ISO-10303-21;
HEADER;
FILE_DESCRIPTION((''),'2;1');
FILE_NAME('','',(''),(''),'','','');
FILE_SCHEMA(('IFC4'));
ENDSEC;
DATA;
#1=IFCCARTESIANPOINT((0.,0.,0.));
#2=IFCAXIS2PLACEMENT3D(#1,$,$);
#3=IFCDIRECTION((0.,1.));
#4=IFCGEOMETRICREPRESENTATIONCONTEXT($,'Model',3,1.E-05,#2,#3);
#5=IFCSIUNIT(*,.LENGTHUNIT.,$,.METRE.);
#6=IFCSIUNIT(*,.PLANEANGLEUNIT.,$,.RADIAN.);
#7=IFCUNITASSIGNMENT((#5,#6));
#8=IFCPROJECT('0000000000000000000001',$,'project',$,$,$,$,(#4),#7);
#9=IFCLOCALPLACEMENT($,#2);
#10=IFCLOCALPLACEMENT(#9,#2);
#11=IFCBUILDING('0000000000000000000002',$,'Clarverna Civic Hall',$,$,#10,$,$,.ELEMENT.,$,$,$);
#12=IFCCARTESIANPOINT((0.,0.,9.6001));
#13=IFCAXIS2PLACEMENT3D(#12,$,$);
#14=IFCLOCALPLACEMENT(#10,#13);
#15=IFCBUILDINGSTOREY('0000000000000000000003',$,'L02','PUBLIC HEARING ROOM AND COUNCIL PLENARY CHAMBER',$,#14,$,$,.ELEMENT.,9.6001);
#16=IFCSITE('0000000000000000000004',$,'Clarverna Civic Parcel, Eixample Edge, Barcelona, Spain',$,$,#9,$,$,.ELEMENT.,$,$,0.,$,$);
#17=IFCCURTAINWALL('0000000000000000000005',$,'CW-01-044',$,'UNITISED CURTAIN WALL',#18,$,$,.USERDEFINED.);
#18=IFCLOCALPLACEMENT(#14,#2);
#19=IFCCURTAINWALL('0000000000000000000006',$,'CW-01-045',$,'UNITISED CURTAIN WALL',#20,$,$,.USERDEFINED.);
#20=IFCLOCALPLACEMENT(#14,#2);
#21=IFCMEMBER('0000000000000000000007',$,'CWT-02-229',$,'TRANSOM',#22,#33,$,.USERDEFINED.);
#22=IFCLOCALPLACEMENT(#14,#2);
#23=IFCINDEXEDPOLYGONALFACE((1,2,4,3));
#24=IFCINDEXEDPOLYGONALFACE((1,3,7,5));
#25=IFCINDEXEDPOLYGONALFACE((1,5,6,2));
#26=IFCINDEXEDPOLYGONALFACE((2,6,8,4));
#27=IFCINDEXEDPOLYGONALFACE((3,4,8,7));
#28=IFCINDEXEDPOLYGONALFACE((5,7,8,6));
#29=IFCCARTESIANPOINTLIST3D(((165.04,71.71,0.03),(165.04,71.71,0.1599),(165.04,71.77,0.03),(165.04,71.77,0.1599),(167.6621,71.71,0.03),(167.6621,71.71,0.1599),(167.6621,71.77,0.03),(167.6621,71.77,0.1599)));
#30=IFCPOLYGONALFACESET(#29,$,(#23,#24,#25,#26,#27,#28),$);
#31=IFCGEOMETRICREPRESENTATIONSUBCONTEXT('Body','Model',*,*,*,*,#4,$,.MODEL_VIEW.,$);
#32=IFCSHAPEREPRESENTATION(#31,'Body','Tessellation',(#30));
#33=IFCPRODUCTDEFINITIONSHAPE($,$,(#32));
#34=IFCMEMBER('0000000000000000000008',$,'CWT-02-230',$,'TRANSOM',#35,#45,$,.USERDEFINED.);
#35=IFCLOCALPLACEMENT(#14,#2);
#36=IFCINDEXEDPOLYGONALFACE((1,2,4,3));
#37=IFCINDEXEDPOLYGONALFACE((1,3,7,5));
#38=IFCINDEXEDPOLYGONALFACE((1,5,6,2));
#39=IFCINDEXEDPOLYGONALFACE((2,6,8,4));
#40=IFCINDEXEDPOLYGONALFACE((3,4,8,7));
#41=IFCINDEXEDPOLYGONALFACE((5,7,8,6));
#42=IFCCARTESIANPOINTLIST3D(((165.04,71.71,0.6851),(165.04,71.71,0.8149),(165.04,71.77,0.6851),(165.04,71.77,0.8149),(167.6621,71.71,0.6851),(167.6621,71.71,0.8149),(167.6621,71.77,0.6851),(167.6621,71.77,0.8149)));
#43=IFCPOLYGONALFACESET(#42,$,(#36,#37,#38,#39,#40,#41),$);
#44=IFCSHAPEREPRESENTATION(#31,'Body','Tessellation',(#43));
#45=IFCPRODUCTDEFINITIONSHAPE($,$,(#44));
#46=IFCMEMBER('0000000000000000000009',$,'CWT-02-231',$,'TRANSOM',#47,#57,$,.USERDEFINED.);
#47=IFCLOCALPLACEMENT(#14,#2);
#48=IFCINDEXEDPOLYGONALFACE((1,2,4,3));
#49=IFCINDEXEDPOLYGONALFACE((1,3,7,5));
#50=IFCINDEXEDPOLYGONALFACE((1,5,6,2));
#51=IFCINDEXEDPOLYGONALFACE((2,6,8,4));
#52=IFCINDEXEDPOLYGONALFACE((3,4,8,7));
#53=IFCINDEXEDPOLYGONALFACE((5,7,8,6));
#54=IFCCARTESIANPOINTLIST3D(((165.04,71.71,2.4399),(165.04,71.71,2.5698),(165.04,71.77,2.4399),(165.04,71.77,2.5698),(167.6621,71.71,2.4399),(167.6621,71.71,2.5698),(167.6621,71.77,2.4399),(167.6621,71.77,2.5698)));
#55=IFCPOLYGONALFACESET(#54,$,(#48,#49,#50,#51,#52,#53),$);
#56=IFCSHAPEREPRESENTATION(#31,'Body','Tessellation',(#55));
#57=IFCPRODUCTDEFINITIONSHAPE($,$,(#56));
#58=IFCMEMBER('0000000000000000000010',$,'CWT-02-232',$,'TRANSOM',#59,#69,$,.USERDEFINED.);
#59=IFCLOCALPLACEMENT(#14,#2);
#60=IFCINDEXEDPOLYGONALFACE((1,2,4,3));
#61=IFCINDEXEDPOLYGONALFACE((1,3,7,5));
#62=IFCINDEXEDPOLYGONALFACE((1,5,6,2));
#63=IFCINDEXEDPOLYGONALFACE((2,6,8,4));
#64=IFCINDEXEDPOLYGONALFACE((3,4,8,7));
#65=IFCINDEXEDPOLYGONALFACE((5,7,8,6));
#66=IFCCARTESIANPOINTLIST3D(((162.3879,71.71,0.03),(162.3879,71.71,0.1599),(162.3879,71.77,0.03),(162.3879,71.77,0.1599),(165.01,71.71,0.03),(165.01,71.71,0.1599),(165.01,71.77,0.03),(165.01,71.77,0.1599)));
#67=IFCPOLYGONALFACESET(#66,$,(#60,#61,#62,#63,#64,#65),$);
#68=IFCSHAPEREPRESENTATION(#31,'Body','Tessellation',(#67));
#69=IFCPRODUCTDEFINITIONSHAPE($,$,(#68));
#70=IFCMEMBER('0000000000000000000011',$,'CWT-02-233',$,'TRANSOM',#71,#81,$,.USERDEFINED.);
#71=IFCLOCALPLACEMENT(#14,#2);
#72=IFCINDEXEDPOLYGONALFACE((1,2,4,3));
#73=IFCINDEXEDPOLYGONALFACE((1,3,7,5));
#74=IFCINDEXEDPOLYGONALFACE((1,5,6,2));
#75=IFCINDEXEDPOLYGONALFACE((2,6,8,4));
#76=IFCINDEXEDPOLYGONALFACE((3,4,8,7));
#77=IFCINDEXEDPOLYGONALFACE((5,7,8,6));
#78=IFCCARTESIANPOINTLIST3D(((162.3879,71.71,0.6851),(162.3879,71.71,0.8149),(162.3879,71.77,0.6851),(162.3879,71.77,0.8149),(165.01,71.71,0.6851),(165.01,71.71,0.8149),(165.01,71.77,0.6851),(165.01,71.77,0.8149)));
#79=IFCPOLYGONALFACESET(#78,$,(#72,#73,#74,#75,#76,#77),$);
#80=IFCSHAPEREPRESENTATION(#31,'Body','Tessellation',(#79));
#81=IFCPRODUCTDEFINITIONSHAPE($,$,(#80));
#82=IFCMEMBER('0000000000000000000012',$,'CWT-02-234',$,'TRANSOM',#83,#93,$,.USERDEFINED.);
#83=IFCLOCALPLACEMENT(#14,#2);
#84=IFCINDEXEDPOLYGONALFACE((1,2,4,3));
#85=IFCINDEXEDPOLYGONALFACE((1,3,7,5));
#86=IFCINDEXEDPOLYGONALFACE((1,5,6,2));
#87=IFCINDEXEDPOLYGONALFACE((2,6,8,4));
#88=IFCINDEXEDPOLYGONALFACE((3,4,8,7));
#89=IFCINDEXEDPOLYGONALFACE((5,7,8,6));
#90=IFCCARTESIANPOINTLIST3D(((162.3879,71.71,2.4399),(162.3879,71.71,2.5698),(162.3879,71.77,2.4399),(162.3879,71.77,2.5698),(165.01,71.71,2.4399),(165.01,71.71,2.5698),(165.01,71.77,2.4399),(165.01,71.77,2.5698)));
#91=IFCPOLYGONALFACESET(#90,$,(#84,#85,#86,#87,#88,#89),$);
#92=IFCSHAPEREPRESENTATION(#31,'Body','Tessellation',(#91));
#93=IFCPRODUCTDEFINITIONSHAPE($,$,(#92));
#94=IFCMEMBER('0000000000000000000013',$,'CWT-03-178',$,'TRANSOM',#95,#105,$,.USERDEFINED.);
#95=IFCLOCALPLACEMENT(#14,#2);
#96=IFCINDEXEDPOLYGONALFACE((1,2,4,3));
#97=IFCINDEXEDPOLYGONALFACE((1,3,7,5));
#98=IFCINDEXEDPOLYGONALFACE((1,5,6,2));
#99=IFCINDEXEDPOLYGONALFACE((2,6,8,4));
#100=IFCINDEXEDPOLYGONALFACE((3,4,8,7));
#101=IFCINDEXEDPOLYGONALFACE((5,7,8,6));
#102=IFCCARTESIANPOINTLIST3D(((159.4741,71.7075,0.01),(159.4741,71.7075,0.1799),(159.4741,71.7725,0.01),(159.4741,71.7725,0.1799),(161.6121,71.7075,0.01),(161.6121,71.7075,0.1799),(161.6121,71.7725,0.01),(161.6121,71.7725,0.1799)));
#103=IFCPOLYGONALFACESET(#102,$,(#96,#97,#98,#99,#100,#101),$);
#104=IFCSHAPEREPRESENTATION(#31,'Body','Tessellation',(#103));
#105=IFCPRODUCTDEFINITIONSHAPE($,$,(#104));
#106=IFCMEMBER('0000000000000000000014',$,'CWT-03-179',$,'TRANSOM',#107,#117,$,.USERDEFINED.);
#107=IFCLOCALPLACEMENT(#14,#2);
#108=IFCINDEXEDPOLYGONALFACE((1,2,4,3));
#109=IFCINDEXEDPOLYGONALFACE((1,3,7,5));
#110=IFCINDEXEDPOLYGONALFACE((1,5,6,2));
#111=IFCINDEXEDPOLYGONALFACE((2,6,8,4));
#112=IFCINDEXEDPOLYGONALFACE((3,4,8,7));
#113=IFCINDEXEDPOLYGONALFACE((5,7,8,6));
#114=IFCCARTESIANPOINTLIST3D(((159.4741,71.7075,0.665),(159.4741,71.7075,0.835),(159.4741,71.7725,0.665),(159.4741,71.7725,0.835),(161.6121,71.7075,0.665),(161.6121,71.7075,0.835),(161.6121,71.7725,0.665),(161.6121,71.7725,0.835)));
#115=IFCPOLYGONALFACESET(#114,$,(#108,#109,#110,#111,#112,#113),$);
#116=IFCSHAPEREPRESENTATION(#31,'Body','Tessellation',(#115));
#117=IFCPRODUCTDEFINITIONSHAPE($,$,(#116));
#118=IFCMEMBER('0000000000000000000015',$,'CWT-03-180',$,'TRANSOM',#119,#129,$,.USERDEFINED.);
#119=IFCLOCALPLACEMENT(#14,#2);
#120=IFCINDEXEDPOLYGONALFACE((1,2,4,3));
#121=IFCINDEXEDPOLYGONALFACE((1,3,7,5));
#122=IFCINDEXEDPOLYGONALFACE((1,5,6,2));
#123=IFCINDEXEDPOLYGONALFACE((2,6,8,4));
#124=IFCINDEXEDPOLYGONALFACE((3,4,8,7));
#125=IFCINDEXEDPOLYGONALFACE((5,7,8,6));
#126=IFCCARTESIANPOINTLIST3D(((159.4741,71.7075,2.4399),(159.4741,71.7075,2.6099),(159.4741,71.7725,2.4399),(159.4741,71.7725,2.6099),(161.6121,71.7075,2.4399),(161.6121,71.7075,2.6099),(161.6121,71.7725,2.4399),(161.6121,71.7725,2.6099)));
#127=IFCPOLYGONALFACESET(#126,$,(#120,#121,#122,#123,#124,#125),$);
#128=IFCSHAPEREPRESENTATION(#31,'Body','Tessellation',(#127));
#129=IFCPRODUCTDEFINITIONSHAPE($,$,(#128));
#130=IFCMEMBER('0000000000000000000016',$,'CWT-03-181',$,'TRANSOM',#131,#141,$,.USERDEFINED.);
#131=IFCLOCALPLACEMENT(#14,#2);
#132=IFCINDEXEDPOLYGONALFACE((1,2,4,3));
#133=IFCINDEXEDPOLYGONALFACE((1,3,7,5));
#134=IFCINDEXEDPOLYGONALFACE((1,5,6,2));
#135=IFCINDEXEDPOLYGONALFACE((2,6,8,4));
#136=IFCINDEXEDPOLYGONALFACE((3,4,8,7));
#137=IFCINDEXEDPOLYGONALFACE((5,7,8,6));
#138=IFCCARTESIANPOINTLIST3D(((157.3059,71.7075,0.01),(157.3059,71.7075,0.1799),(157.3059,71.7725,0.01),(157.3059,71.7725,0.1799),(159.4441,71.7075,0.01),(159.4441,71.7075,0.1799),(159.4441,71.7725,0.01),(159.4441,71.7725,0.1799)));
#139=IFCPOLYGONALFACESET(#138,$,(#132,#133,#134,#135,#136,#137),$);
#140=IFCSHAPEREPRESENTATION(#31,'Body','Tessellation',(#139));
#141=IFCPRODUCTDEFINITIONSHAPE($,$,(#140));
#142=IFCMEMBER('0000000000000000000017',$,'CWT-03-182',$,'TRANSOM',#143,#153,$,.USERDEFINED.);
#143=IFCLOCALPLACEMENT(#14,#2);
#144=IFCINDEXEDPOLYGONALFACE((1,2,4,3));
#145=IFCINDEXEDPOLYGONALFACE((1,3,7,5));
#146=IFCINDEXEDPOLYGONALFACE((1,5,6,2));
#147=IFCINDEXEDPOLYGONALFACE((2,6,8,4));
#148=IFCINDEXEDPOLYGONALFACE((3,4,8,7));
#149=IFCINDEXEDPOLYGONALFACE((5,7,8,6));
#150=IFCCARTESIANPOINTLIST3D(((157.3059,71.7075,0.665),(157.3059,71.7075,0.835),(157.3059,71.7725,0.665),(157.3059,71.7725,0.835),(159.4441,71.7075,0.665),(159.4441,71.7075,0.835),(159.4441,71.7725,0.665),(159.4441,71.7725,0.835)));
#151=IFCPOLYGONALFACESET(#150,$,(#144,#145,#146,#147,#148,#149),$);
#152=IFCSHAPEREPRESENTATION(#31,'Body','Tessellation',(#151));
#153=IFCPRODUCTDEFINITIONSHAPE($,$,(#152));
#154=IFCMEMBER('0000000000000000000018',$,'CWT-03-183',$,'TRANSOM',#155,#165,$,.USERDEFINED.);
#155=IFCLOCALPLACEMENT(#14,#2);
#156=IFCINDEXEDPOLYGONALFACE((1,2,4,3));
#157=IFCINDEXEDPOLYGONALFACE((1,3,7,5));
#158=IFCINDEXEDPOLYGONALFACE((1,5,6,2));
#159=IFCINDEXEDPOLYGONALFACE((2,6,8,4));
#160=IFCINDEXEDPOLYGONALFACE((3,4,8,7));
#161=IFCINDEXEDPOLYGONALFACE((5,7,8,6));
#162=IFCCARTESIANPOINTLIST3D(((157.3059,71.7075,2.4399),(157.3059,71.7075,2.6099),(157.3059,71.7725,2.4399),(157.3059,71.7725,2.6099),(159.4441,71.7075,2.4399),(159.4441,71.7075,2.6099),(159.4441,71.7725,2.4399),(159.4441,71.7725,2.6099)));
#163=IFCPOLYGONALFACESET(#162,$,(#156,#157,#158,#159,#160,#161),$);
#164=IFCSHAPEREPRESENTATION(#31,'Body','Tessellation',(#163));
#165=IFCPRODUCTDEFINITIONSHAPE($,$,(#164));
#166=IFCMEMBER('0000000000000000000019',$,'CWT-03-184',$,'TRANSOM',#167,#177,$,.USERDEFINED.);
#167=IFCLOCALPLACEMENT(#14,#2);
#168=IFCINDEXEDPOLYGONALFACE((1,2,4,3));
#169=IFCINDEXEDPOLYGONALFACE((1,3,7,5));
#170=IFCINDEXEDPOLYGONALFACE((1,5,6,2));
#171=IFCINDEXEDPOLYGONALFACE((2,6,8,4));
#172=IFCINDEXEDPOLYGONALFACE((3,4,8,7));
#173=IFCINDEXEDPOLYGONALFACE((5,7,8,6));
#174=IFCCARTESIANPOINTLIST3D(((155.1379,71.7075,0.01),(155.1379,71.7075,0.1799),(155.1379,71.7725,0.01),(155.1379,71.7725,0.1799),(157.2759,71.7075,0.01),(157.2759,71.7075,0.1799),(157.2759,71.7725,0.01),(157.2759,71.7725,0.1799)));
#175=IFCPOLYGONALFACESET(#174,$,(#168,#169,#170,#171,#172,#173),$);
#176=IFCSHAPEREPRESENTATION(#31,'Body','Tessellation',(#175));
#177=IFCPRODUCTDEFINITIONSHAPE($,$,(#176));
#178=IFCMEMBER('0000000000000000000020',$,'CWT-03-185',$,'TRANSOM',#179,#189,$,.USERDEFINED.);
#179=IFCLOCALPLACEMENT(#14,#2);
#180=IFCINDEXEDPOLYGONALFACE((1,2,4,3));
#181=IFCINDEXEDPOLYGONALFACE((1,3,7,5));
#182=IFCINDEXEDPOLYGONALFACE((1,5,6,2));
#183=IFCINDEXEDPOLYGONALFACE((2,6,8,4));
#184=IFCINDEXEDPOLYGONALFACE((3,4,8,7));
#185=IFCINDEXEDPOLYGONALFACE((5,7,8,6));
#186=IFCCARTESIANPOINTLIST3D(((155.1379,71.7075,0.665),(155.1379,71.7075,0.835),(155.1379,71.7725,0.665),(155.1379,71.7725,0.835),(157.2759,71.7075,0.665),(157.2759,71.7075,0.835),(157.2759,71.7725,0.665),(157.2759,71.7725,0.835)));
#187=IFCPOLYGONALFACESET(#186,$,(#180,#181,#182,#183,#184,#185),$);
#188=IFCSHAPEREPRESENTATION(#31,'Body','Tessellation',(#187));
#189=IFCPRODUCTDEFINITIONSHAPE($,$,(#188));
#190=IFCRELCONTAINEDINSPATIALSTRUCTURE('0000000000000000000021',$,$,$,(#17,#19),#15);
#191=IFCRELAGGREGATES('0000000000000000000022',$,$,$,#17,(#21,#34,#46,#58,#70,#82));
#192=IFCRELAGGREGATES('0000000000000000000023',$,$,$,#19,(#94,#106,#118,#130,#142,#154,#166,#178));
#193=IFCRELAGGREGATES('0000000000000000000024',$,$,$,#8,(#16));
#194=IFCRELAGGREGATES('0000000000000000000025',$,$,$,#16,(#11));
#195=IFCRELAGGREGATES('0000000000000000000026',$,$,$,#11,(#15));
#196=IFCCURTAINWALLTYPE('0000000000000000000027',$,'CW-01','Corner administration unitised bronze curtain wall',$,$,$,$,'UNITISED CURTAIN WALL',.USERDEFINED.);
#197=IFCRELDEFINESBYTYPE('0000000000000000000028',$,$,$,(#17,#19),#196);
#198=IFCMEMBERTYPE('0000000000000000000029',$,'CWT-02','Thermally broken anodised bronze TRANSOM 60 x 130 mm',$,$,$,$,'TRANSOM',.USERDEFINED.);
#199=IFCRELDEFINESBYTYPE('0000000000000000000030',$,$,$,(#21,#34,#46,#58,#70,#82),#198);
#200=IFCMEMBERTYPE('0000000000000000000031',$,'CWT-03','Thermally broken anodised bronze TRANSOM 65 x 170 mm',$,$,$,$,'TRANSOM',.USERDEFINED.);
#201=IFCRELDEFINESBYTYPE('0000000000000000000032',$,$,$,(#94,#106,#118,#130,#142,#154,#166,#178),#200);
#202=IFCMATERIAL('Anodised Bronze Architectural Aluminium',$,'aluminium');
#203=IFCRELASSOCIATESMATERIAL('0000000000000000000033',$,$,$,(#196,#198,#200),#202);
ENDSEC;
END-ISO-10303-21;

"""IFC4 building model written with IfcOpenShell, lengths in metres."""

from ifc_helpers import new_model, si_unit, direction, frame, origin, origin_2d, place, context, subcontext, project, spatial, rectangle, extrude, material, material_profile, profile_set, type_object, element, aggregate, save


model = new_model("IFC4")

# Units and contexts
model_context = context("Model", 3, precision=1e-05, world=origin(), true_north=direction((0.0, 1.0)))
body_context = subcontext(model_context, "Body", "Model", "MODEL_VIEW")
ifc_project = project(units=[si_unit("LENGTHUNIT", "METRE"), si_unit("PLANEANGLEUNIT", "RADIAN")], contexts=[model_context])

# Site, building, storey
site_placement = place(None, origin())
site = spatial("IfcSite", under=ifc_project, at=site_placement, Name="Clarverna Civic Parcel, Eixample Edge, Barcelona, Spain", CompositionType="ELEMENT", RefElevation=0.0)
building_placement = place(site_placement, origin())
building = spatial("IfcBuilding", under=site, at=building_placement, Name="Clarverna Civic Hall", CompositionType="ELEMENT")
storey_placement = place(building_placement, frame((0.0, 0.0, 9.6001)))
storey = spatial("IfcBuildingStorey", under=building, at=storey_placement, Name="L02", Description="PUBLIC HEARING ROOM AND COUNCIL PLENARY CHAMBER", CompositionType="ELEMENT", Elevation=9.6001)

# Curtain walls
ifc_material_1 = material(Name="Anodised Bronze Architectural Aluminium", Category="aluminium")
curtain_wall_type = type_object("IfcCurtainWallType", Name="CW-01", Description="Corner administration unitised bronze curtain wall", ElementType="UNITISED CURTAIN WALL", PredefinedType="USERDEFINED", material=ifc_material_1)
curtain_wall_1_placement = place(storey_placement, origin())
curtain_wall_1 = element("IfcCurtainWall", 1, at=curtain_wall_1_placement, inside=storey, type_object=curtain_wall_type, Name="CW-01-044", ObjectType="UNITISED CURTAIN WALL", PredefinedType="USERDEFINED")
curtain_wall_2_placement = place(storey_placement, origin())
curtain_wall_2 = element("IfcCurtainWall", 2, at=curtain_wall_2_placement, inside=storey, type_object=curtain_wall_type, Name="CW-01-045", ObjectType="UNITISED CURTAIN WALL", PredefinedType="USERDEFINED")

# Members
ifc_material_profile_1 = material_profile(ifc_material_1, rectangle(XDim=0.0601, YDim=0.1299, at=origin_2d()), Name="BRONZE 60x130")
ifc_profile_set_1 = profile_set([ifc_material_profile_1], Name="Anodised Bronze Architectural Aluminium")
member_type_1 = type_object("IfcMemberType", Name="CWT-02", Description="Thermally broken anodised bronze TRANSOM 60 x 130 mm", ElementType="TRANSOM", PredefinedType="USERDEFINED", material=ifc_profile_set_1)
member_1_placement = place(storey_placement, frame((167.6621, 71.74, 0.095), z_axis=(-1.0, 0.0, 0.0), x_axis=(0.0, -1.0, 0.0)))
member_1 = element("IfcMember", 3, at=member_1_placement, type_object=member_type_1, Name="CWT-02-229", ObjectType="TRANSOM", PredefinedType="USERDEFINED", context=body_context, shape_type="SweptSolid", body=[
    extrude(rectangle(XDim=0.0601, YDim=0.1299, at=origin_2d()), origin(), (0.0, 0.0, 1.0), 2.6221),
])
member_2_placement = place(storey_placement, frame((167.6621, 71.74, 0.75), z_axis=(-1.0, 0.0, 0.0), x_axis=(0.0, -1.0, 0.0)))
member_2 = element("IfcMember", 4, at=member_2_placement, type_object=member_type_1, Name="CWT-02-230", ObjectType="TRANSOM", PredefinedType="USERDEFINED", context=body_context, shape_type="SweptSolid", body=[
    extrude(rectangle(XDim=0.0601, YDim=0.1299, at=origin_2d()), origin(), (0.0, 0.0, 1.0), 2.6221),
])
member_3_placement = place(storey_placement, frame((167.6621, 71.74, 2.5049), z_axis=(-1.0, 0.0, 0.0), x_axis=(0.0, -1.0, 0.0)))
member_3 = element("IfcMember", 5, at=member_3_placement, type_object=member_type_1, Name="CWT-02-231", ObjectType="TRANSOM", PredefinedType="USERDEFINED", context=body_context, shape_type="SweptSolid", body=[
    extrude(rectangle(XDim=0.0601, YDim=0.1299, at=origin_2d()), origin(), (0.0, 0.0, 1.0), 2.6221),
])
member_4_placement = place(storey_placement, frame((165.01, 71.74, 0.095), z_axis=(-1.0, 0.0, 0.0), x_axis=(0.0, -1.0, 0.0)))
member_4 = element("IfcMember", 6, at=member_4_placement, type_object=member_type_1, Name="CWT-02-232", ObjectType="TRANSOM", PredefinedType="USERDEFINED", context=body_context, shape_type="SweptSolid", body=[
    extrude(rectangle(XDim=0.0601, YDim=0.1299, at=origin_2d()), origin(), (0.0, 0.0, 1.0), 2.6221),
])
member_5_placement = place(storey_placement, frame((165.01, 71.74, 0.75), z_axis=(-1.0, 0.0, 0.0), x_axis=(0.0, -1.0, 0.0)))
member_5 = element("IfcMember", 7, at=member_5_placement, type_object=member_type_1, Name="CWT-02-233", ObjectType="TRANSOM", PredefinedType="USERDEFINED", context=body_context, shape_type="SweptSolid", body=[
    extrude(rectangle(XDim=0.0601, YDim=0.1299, at=origin_2d()), origin(), (0.0, 0.0, 1.0), 2.6221),
])
member_6_placement = place(storey_placement, frame((165.01, 71.74, 2.5049), z_axis=(-1.0, 0.0, 0.0), x_axis=(0.0, -1.0, 0.0)))
member_6 = element("IfcMember", 8, at=member_6_placement, type_object=member_type_1, Name="CWT-02-234", ObjectType="TRANSOM", PredefinedType="USERDEFINED", context=body_context, shape_type="SweptSolid", body=[
    extrude(rectangle(XDim=0.0601, YDim=0.1299, at=origin_2d()), origin(), (0.0, 0.0, 1.0), 2.6221),
])
ifc_material_profile_2 = material_profile(ifc_material_1, rectangle(XDim=0.0649, YDim=0.1699, at=origin_2d()), Name="BRONZE 65x170")
ifc_profile_set_2 = profile_set([ifc_material_profile_2], Name="Anodised Bronze Architectural Aluminium")
member_type_2 = type_object("IfcMemberType", Name="CWT-03", Description="Thermally broken anodised bronze TRANSOM 65 x 170 mm", ElementType="TRANSOM", PredefinedType="USERDEFINED", material=ifc_profile_set_2)
member_7_placement = place(storey_placement, frame((161.6121, 71.74, 0.095), z_axis=(-1.0, 0.0, 0.0), x_axis=(0.0, -1.0, 0.0)))
member_7 = element("IfcMember", 9, at=member_7_placement, type_object=member_type_2, Name="CWT-03-178", ObjectType="TRANSOM", PredefinedType="USERDEFINED", context=body_context, shape_type="SweptSolid", body=[
    extrude(rectangle(XDim=0.0649, YDim=0.1699, at=origin_2d()), origin(), (0.0, 0.0, 1.0), 2.1379),
])
member_8_placement = place(storey_placement, frame((161.6121, 71.74, 0.75), z_axis=(-1.0, 0.0, 0.0), x_axis=(0.0, -1.0, 0.0)))
member_8 = element("IfcMember", 10, at=member_8_placement, type_object=member_type_2, Name="CWT-03-179", ObjectType="TRANSOM", PredefinedType="USERDEFINED", context=body_context, shape_type="SweptSolid", body=[
    extrude(rectangle(XDim=0.0649, YDim=0.1699, at=origin_2d()), origin(), (0.0, 0.0, 1.0), 2.1379),
])
member_9_placement = place(storey_placement, frame((161.6121, 71.74, 2.5249), z_axis=(-1.0, 0.0, 0.0), x_axis=(0.0, -1.0, 0.0)))
member_9 = element("IfcMember", 11, at=member_9_placement, type_object=member_type_2, Name="CWT-03-180", ObjectType="TRANSOM", PredefinedType="USERDEFINED", context=body_context, shape_type="SweptSolid", body=[
    extrude(rectangle(XDim=0.0649, YDim=0.1699, at=origin_2d()), origin(), (0.0, 0.0, 1.0), 2.1379),
])
member_10_placement = place(storey_placement, frame((159.4441, 71.74, 0.095), z_axis=(-1.0, 0.0, 0.0), x_axis=(0.0, -1.0, 0.0)))
member_10 = element("IfcMember", 12, at=member_10_placement, type_object=member_type_2, Name="CWT-03-181", ObjectType="TRANSOM", PredefinedType="USERDEFINED", context=body_context, shape_type="SweptSolid", body=[
    extrude(rectangle(XDim=0.0649, YDim=0.1699, at=origin_2d()), origin(), (0.0, 0.0, 1.0), 2.1382),
])
member_11_placement = place(storey_placement, frame((159.4441, 71.74, 0.75), z_axis=(-1.0, 0.0, 0.0), x_axis=(0.0, -1.0, 0.0)))
member_11 = element("IfcMember", 13, at=member_11_placement, type_object=member_type_2, Name="CWT-03-182", ObjectType="TRANSOM", PredefinedType="USERDEFINED", context=body_context, shape_type="SweptSolid", body=[
    extrude(rectangle(XDim=0.0649, YDim=0.1699, at=origin_2d()), origin(), (0.0, 0.0, 1.0), 2.1382),
])
member_12_placement = place(storey_placement, frame((159.4441, 71.74, 2.5249), z_axis=(-1.0, 0.0, 0.0), x_axis=(0.0, -1.0, 0.0)))
member_12 = element("IfcMember", 14, at=member_12_placement, type_object=member_type_2, Name="CWT-03-183", ObjectType="TRANSOM", PredefinedType="USERDEFINED", context=body_context, shape_type="SweptSolid", body=[
    extrude(rectangle(XDim=0.0649, YDim=0.1699, at=origin_2d()), origin(), (0.0, 0.0, 1.0), 2.1382),
])
member_13_placement = place(storey_placement, frame((157.2759, 71.74, 0.095), z_axis=(-1.0, 0.0, 0.0), x_axis=(0.0, -1.0, 0.0)))
member_13 = element("IfcMember", 15, at=member_13_placement, type_object=member_type_2, Name="CWT-03-184", ObjectType="TRANSOM", PredefinedType="USERDEFINED", context=body_context, shape_type="SweptSolid", body=[
    extrude(rectangle(XDim=0.0649, YDim=0.1699, at=origin_2d()), origin(), (0.0, 0.0, 1.0), 2.1379),
])
member_14_placement = place(storey_placement, frame((157.2759, 71.74, 0.75), z_axis=(-1.0, 0.0, 0.0), x_axis=(0.0, -1.0, 0.0)))
member_14 = element("IfcMember", 16, at=member_14_placement, type_object=member_type_2, Name="CWT-03-185", ObjectType="TRANSOM", PredefinedType="USERDEFINED", context=body_context, shape_type="SweptSolid", body=[
    extrude(rectangle(XDim=0.0649, YDim=0.1699, at=origin_2d()), origin(), (0.0, 0.0, 1.0), 2.1379),
])

aggregate(curtain_wall_1, [member_1, member_2, member_3, member_4, member_5, member_6])
aggregate(curtain_wall_2, [member_7, member_8, member_9, member_10, member_11, member_12, member_13, member_14])

save(model, "model.ifc")
